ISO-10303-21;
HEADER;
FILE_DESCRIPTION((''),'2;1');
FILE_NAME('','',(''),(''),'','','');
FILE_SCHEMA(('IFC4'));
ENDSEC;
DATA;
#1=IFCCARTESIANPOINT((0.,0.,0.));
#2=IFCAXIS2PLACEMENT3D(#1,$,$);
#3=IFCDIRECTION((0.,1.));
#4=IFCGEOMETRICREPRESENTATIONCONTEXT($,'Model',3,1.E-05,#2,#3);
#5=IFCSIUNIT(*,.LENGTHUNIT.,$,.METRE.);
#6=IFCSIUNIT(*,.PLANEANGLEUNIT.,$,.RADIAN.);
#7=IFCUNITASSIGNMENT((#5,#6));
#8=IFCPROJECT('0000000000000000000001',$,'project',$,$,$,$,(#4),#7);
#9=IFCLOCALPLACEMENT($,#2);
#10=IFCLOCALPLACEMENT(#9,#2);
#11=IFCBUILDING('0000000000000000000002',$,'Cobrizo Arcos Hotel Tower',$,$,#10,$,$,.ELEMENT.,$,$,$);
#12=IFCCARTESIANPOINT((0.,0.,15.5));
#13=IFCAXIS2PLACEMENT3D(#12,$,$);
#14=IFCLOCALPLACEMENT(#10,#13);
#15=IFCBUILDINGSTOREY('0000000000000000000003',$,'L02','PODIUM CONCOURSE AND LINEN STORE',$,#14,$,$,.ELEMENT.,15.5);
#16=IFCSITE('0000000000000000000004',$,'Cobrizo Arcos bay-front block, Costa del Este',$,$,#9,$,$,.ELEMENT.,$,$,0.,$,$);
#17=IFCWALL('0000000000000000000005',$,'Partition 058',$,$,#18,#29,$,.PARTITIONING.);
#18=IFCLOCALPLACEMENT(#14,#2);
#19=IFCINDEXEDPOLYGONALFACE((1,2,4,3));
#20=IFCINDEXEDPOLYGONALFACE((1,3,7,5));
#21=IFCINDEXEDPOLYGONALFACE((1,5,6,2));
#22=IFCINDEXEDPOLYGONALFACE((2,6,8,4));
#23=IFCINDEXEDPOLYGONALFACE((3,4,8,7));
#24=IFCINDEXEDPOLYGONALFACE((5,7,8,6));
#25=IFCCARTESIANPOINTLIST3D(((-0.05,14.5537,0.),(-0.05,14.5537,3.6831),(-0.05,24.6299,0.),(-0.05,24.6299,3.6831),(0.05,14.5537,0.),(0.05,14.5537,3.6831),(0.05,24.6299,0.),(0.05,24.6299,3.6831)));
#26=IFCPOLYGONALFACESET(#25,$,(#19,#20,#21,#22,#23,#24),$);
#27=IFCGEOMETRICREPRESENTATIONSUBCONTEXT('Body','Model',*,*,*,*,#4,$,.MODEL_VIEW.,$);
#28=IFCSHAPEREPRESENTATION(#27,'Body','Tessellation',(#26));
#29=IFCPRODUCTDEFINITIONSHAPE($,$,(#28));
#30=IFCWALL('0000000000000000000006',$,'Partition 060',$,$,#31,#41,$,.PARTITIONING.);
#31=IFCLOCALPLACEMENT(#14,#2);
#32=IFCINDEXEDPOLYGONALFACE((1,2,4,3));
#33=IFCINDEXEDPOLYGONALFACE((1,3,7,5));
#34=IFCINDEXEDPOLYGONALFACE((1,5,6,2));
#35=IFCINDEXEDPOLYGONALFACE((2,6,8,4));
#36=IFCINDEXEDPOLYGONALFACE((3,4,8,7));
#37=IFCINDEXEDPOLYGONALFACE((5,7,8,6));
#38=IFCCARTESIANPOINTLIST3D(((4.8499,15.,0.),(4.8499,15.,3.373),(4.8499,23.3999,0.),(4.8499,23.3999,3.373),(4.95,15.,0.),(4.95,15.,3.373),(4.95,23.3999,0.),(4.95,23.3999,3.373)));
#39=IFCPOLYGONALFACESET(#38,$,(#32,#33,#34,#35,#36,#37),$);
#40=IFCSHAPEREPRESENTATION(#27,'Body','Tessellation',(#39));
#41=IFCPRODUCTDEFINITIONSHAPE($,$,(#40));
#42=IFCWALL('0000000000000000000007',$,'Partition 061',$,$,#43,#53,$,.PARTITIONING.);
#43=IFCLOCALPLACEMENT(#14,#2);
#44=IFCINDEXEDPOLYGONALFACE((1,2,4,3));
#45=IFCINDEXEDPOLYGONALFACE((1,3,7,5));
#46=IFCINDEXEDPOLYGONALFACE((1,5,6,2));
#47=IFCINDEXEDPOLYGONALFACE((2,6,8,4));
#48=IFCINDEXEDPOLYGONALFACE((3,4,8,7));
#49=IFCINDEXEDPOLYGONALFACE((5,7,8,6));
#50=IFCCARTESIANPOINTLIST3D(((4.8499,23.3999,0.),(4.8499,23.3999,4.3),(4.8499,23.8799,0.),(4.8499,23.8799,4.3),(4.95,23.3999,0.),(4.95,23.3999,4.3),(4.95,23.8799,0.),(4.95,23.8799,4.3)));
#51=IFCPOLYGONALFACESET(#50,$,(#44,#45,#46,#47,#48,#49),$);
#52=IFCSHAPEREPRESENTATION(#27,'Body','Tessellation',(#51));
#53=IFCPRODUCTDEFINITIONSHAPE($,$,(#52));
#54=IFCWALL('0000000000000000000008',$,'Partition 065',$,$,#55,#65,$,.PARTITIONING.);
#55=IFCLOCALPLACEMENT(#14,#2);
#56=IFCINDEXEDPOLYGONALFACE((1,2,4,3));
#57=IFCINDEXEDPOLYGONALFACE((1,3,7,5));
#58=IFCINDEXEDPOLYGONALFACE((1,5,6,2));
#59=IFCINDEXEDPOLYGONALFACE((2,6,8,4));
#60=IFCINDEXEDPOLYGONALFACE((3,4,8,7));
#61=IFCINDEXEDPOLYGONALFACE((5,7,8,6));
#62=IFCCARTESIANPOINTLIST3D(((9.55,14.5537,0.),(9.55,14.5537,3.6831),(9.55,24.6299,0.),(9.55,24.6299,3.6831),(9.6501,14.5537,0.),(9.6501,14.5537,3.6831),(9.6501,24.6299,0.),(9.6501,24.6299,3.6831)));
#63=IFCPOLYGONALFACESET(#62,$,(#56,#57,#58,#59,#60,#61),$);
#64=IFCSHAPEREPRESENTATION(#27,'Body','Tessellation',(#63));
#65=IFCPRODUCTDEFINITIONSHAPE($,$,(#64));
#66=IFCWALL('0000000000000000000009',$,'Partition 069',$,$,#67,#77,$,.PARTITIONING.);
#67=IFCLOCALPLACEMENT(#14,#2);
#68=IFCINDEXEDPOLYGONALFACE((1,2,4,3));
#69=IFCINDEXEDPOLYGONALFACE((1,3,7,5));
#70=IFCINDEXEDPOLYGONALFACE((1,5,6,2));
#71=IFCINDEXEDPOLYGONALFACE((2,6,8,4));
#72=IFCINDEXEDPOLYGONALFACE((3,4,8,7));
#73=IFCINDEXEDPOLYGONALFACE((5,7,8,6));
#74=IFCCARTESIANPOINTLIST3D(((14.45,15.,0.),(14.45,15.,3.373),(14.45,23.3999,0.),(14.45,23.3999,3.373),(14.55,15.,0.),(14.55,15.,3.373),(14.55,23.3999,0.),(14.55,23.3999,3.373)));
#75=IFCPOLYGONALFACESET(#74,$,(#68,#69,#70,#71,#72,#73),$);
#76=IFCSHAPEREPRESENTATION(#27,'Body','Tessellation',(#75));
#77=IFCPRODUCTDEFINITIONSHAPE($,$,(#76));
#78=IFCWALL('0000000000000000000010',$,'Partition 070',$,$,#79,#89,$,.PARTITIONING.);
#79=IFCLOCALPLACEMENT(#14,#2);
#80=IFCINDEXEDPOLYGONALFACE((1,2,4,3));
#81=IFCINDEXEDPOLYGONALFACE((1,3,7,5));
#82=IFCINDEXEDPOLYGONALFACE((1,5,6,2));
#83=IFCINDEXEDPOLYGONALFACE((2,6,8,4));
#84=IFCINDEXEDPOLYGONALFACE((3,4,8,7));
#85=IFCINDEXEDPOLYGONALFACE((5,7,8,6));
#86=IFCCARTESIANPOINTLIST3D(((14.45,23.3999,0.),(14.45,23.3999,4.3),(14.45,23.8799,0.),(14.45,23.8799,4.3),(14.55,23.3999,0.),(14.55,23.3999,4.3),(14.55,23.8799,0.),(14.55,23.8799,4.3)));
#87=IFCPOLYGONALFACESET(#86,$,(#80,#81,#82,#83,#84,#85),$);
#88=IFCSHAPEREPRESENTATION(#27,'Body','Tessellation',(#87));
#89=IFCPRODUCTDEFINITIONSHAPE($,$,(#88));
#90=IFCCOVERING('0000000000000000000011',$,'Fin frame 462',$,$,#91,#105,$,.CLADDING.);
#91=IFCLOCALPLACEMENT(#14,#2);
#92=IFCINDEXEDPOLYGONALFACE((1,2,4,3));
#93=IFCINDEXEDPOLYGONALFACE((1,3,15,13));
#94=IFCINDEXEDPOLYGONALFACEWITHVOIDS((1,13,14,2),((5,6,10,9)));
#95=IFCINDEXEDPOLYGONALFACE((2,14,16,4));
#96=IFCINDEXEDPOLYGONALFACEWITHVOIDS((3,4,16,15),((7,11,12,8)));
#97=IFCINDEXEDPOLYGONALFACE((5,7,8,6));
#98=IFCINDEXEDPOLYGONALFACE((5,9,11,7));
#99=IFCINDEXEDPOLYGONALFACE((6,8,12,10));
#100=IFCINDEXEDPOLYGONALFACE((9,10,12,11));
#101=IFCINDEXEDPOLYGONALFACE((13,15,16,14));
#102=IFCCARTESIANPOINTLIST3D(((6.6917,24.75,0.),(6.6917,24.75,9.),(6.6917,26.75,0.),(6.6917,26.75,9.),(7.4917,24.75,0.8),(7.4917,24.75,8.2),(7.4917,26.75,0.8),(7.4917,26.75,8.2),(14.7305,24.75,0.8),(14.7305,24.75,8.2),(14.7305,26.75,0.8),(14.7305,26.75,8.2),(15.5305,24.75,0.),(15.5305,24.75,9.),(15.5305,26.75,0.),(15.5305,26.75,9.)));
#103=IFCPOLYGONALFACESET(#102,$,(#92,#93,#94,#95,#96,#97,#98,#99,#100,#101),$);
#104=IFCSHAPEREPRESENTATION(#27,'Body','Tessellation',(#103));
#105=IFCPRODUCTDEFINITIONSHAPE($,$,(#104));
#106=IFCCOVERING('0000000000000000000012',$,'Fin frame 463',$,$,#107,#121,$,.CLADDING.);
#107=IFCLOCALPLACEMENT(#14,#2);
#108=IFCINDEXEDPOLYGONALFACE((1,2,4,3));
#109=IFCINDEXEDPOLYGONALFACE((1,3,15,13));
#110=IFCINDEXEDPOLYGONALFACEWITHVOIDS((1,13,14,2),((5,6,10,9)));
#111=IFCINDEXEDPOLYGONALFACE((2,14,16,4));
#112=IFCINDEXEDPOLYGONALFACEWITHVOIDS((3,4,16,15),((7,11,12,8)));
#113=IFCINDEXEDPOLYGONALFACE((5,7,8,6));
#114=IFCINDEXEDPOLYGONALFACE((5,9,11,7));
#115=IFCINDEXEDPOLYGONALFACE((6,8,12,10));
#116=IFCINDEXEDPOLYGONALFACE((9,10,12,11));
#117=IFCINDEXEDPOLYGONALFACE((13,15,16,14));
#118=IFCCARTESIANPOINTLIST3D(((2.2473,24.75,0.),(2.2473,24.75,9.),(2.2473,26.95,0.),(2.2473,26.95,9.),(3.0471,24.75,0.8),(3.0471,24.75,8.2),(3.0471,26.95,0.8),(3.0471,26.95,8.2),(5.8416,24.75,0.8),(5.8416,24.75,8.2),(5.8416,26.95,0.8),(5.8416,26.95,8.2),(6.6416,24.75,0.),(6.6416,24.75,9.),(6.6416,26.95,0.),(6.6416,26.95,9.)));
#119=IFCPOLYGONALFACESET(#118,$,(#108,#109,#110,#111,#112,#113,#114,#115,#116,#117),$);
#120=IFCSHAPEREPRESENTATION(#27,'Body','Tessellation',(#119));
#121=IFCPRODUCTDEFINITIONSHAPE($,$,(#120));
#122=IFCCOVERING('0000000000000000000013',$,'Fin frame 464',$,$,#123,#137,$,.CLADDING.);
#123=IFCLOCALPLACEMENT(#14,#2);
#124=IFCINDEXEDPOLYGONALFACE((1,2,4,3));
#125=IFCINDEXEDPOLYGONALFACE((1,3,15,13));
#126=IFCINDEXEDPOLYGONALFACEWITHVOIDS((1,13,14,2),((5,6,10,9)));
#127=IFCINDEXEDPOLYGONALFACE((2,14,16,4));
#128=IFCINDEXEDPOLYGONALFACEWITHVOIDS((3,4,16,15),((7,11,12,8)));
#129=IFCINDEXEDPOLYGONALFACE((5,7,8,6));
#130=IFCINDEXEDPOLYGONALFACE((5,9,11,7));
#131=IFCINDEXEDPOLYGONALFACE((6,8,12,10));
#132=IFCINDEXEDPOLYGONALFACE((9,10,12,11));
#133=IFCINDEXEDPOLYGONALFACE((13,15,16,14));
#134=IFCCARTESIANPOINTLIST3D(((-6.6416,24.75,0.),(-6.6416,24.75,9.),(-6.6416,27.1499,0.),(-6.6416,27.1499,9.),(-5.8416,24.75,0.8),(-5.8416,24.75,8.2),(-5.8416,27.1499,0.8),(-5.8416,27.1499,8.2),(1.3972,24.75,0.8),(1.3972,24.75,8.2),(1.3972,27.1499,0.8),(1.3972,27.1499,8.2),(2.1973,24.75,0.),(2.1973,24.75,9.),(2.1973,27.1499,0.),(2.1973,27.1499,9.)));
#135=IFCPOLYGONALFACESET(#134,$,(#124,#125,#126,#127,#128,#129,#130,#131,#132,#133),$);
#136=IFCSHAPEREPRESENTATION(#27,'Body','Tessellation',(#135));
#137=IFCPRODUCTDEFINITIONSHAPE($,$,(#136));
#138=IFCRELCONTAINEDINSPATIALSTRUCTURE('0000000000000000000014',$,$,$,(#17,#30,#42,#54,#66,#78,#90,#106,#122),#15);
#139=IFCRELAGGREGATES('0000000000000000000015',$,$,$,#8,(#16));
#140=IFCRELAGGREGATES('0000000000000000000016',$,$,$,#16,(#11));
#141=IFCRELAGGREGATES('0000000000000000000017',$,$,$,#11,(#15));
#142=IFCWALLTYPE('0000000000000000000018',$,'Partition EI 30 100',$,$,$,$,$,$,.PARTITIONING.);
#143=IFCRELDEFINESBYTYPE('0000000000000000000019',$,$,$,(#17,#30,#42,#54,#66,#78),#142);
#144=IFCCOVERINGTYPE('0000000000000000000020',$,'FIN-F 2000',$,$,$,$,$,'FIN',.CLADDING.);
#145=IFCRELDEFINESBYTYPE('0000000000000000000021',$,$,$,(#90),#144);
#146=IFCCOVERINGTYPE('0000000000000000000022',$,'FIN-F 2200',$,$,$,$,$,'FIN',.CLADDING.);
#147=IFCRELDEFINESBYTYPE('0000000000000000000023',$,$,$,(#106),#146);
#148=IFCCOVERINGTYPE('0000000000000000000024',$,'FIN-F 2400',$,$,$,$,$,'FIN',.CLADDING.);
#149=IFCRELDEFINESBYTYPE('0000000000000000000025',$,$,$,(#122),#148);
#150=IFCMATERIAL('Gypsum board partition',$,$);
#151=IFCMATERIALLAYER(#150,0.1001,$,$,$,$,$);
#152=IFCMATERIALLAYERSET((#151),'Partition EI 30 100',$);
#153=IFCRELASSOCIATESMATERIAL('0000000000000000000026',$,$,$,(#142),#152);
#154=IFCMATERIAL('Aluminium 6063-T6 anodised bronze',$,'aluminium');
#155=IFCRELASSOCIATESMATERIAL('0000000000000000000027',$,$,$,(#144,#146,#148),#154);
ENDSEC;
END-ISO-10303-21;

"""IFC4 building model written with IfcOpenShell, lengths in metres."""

from ifc_helpers import new_model, si_unit, direction, frame, frame_2d, origin, place, context, subcontext, project, spatial, polyline, rectangle, outline, extrude, material, layer, layer_set, type_object, element, save


model = new_model("IFC4")

# Units and contexts
model_context = context("Model", 3, precision=1e-05, world=origin(), true_north=direction((0.0, 1.0)))
body_context = subcontext(model_context, "Body", "Model", "MODEL_VIEW")
ifc_project = project(units=[si_unit("LENGTHUNIT", "METRE"), si_unit("PLANEANGLEUNIT", "RADIAN")], contexts=[model_context])

# Site, building, storey
site_placement = place(None, origin())
site = spatial("IfcSite", under=ifc_project, at=site_placement, Name="Cobrizo Arcos bay-front block, Costa del Este", CompositionType="ELEMENT", RefElevation=0.0)
building_placement = place(site_placement, origin())
building = spatial("IfcBuilding", under=site, at=building_placement, Name="Cobrizo Arcos Hotel Tower", CompositionType="ELEMENT")
storey_placement = place(building_placement, frame((0.0, 0.0, 15.5)))
storey = spatial("IfcBuildingStorey", under=building, at=storey_placement, Name="L02", Description="PODIUM CONCOURSE AND LINEN STORE", CompositionType="ELEMENT", Elevation=15.5)

# Shared definitions
ifc_material_1 = material(Name="Aluminium 6063-T6 anodised bronze", Category="aluminium")

# Walls
ifc_material_2 = material(Name="Gypsum board partition")
ifc_layer_1 = layer(ifc_material_2, 0.1001)
ifc_layer_set_1 = layer_set([ifc_layer_1], Name="Partition EI 30 100")
wall_type = type_object("IfcWallType", Name="Partition EI 30 100", PredefinedType="PARTITIONING", material=ifc_layer_set_1)
wall_1_placement = place(storey_placement, frame((0.0, 14.5537, 0.0), z_axis=(0.0, 0.0, 1.0), x_axis=(0.0, 1.0, 0.0)))
element("IfcWall", 1, at=wall_1_placement, inside=storey, type_object=wall_type, Name="Partition 058", PredefinedType="PARTITIONING", context=body_context, shape_type="SweptSolid", body=[
    extrude(rectangle(XDim=10.0762, YDim=0.1001, at=frame_2d((5.0381, 0.0))), origin(), (0.0, 0.0, 1.0), 3.6831),
])
wall_2_placement = place(storey_placement, frame((4.8999, 15.0, 0.0), z_axis=(0.0, 0.0, 1.0), x_axis=(0.0, 1.0, 0.0)))
element("IfcWall", 2, at=wall_2_placement, inside=storey, type_object=wall_type, Name="Partition 060", PredefinedType="PARTITIONING", context=body_context, shape_type="SweptSolid", body=[
    extrude(rectangle(XDim=8.3999, YDim=0.1001, at=frame_2d((4.2, 0.0))), origin(), (0.0, 0.0, 1.0), 3.373),
])
wall_3_placement = place(storey_placement, frame((4.8999, 23.3999, 0.0), z_axis=(0.0, 0.0, 1.0), x_axis=(0.0, 1.0, 0.0)))
element("IfcWall", 3, at=wall_3_placement, inside=storey, type_object=wall_type, Name="Partition 061", PredefinedType="PARTITIONING", context=body_context, shape_type="SweptSolid", body=[
    extrude(rectangle(XDim=0.48, YDim=0.1001, at=frame_2d((0.24, 0.0))), origin(), (0.0, 0.0, 1.0), 4.3),
])
wall_4_placement = place(storey_placement, frame((9.6001, 14.5537, 0.0), z_axis=(0.0, 0.0, 1.0), x_axis=(0.0, 1.0, 0.0)))
element("IfcWall", 4, at=wall_4_placement, inside=storey, type_object=wall_type, Name="Partition 065", PredefinedType="PARTITIONING", context=body_context, shape_type="SweptSolid", body=[
    extrude(rectangle(XDim=10.0762, YDim=0.1001, at=frame_2d((5.0381, 0.0))), origin(), (0.0, 0.0, 1.0), 3.6831),
])
wall_5_placement = place(storey_placement, frame((14.5, 15.0, 0.0), z_axis=(0.0, 0.0, 1.0), x_axis=(0.0, 1.0, 0.0)))
element("IfcWall", 5, at=wall_5_placement, inside=storey, type_object=wall_type, Name="Partition 069", PredefinedType="PARTITIONING", context=body_context, shape_type="SweptSolid", body=[
    extrude(rectangle(XDim=8.3999, YDim=0.1001, at=frame_2d((4.2, 0.0))), origin(), (0.0, 0.0, 1.0), 3.373),
])
wall_6_placement = place(storey_placement, frame((14.5, 23.3999, 0.0), z_axis=(0.0, 0.0, 1.0), x_axis=(0.0, 1.0, 0.0)))
element("IfcWall", 6, at=wall_6_placement, inside=storey, type_object=wall_type, Name="Partition 070", PredefinedType="PARTITIONING", context=body_context, shape_type="SweptSolid", body=[
    extrude(rectangle(XDim=0.48, YDim=0.1001, at=frame_2d((0.24, 0.0))), origin(), (0.0, 0.0, 1.0), 4.3),
])

# Coverings
covering_type_1 = type_object("IfcCoveringType", Name="FIN-F 2000", ElementType="FIN", PredefinedType="CLADDING", material=ifc_material_1)
covering_1_placement = place(storey_placement, frame((15.5305, 24.75, 0.0), z_axis=(0.0, 1.0, 0.0), x_axis=(-1.0, 0.0, 0.0)))
element("IfcCovering", 7, at=covering_1_placement, inside=storey, type_object=covering_type_1, Name="Fin frame 462", PredefinedType="CLADDING", context=body_context, shape_type="SweptSolid", body=[
    extrude(outline(polyline([(0.0, 9.0), (0.0, 0.0), (8.8389, 0.0), (8.8389, 9.0), (0.0, 9.0)]), holes=[polyline([(8.0388, 0.8), (0.8, 0.8), (0.8, 8.2), (8.0388, 8.2), (8.0388, 0.8)])]), origin(), (0.0, 0.0, 1.0), 2.0),
])
covering_type_2 = type_object("IfcCoveringType", Name="FIN-F 2200", ElementType="FIN", PredefinedType="CLADDING", material=ifc_material_1)
covering_2_placement = place(storey_placement, frame((6.6416, 24.75, 0.0), z_axis=(0.0, 1.0, 0.0), x_axis=(-1.0, 0.0, 0.0)))
element("IfcCovering", 8, at=covering_2_placement, inside=storey, type_object=covering_type_2, Name="Fin frame 463", PredefinedType="CLADDING", context=body_context, shape_type="SweptSolid", body=[
    extrude(outline(polyline([(0.0, 9.0), (0.0, 0.0), (4.3943, 0.0), (4.3943, 9.0), (0.0, 9.0)]), holes=[polyline([(3.5945, 0.8), (0.8, 0.8), (0.8, 8.2), (3.5945, 8.2), (3.5945, 0.8)])]), origin(), (0.0, 0.0, 1.0), 2.2),
])
covering_type_3 = type_object("IfcCoveringType", Name="FIN-F 2400", ElementType="FIN", PredefinedType="CLADDING", material=ifc_material_1)
covering_3_placement = place(storey_placement, frame((2.1973, 24.75, 0.0), z_axis=(0.0, 1.0, 0.0), x_axis=(-1.0, 0.0, 0.0)))
element("IfcCovering", 9, at=covering_3_placement, inside=storey, type_object=covering_type_3, Name="Fin frame 464", PredefinedType="CLADDING", context=body_context, shape_type="SweptSolid", body=[
    extrude(outline(polyline([(0.0, 9.0), (0.0, 0.0), (8.8389, 0.0), (8.8389, 9.0), (0.0, 9.0)]), holes=[polyline([(8.0388, 0.8), (0.8, 0.8), (0.8, 8.2), (8.0388, 8.2), (8.0388, 0.8)])]), origin(), (0.0, 0.0, 1.0), 2.3999),
])

save(model, "model.ifc")
